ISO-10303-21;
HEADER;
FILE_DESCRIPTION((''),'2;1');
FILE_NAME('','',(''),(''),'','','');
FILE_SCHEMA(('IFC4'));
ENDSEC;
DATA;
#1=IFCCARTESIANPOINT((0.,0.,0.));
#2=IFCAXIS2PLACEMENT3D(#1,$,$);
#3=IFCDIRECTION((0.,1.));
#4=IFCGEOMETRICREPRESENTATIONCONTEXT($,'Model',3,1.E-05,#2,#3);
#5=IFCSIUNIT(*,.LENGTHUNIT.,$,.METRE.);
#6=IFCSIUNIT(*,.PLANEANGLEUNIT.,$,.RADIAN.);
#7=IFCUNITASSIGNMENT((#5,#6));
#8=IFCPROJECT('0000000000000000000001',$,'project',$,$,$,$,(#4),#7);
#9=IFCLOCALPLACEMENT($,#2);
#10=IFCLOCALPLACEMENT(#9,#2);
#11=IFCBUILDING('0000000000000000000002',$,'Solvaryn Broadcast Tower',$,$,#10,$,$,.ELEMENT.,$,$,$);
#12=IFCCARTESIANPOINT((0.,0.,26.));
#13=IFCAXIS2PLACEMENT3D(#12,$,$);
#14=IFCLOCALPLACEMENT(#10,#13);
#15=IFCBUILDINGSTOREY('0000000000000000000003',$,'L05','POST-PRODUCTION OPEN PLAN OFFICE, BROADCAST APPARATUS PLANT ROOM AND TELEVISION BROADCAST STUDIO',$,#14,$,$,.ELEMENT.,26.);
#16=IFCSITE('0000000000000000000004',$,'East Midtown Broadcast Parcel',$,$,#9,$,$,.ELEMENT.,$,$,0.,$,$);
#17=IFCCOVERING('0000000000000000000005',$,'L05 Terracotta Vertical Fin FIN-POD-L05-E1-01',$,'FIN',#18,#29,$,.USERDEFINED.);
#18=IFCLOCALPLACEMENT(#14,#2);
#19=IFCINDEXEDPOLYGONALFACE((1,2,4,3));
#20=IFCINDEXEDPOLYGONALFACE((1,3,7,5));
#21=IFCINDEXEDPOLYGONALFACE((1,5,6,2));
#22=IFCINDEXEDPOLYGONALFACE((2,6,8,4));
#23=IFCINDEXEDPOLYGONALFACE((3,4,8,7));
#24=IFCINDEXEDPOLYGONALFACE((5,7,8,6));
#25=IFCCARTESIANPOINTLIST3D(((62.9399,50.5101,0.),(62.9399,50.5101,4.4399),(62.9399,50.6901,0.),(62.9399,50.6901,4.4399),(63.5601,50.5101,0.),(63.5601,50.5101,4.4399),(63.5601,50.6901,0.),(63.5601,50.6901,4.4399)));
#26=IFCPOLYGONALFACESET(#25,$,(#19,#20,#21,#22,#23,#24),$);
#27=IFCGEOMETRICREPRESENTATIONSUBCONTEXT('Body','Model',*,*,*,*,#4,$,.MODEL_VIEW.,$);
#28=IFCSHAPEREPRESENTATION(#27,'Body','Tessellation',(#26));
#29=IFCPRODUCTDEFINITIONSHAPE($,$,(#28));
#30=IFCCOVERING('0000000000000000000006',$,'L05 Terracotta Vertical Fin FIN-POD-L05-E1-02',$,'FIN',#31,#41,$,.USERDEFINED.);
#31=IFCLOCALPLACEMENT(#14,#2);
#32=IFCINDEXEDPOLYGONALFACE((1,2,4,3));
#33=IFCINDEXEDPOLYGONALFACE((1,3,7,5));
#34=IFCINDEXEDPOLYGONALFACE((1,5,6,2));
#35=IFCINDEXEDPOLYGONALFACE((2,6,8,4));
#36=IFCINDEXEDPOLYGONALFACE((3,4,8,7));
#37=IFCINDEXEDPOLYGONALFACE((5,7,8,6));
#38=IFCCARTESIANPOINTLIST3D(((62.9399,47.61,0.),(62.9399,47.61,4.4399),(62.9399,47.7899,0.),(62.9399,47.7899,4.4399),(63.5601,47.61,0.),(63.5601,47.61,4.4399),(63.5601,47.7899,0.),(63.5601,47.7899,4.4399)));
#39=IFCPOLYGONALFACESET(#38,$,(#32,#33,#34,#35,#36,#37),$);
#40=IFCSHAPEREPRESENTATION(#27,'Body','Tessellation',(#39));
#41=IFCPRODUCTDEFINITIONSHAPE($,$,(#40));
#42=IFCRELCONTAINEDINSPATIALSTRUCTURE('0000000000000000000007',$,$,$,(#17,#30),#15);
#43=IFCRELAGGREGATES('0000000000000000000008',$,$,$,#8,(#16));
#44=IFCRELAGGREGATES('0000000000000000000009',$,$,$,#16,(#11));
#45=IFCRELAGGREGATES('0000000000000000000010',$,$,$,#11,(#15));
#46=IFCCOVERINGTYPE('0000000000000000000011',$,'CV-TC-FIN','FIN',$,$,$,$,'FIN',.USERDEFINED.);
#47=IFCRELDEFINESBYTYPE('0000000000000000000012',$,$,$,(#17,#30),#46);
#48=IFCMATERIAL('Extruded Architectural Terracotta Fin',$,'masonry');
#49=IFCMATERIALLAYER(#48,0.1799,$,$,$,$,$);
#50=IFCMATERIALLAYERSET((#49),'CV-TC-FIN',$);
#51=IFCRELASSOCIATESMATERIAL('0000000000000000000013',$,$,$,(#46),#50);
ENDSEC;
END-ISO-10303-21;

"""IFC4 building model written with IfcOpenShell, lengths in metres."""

from ifc_helpers import new_model, si_unit, direction, frame, origin, origin_2d, place, context, subcontext, project, spatial, rectangle, extrude, material, layer, layer_set, type_object, element, save


model = new_model("IFC4")

# Units and contexts
model_context = context("Model", 3, precision=1e-05, world=origin(), true_north=direction((0.0, 1.0)))
body_context = subcontext(model_context, "Body", "Model", "MODEL_VIEW")
ifc_project = project(units=[si_unit("LENGTHUNIT", "METRE"), si_unit("PLANEANGLEUNIT", "RADIAN")], contexts=[model_context])

# Site, building, storey
site_placement = place(None, origin())
site = spatial("IfcSite", under=ifc_project, at=site_placement, Name="East Midtown Broadcast Parcel", CompositionType="ELEMENT", RefElevation=0.0)
building_placement = place(site_placement, origin())
building = spatial("IfcBuilding", under=site, at=building_placement, Name="Solvaryn Broadcast Tower", CompositionType="ELEMENT")
storey_placement = place(building_placement, frame((0.0, 0.0, 26.0)))
storey = spatial("IfcBuildingStorey", under=building, at=storey_placement, Name="L05", Description="POST-PRODUCTION OPEN PLAN OFFICE, BROADCAST APPARATUS PLANT ROOM AND TELEVISION BROADCAST STUDIO", CompositionType="ELEMENT", Elevation=26.0)

# Coverings
ifc_material_1 = material(Name="Extruded Architectural Terracotta Fin", Category="masonry")
ifc_layer_1 = layer(ifc_material_1, 0.1799)
ifc_layer_set_1 = layer_set([ifc_layer_1], Name="CV-TC-FIN")
covering_type = type_object("IfcCoveringType", Name="CV-TC-FIN", Description="FIN", ElementType="FIN", PredefinedType="USERDEFINED", material=ifc_layer_set_1)
for number, where, z_axis, x_axis, name in (
    (1, (63.25, 50.6001, 0.0), (0.0, 0.0, 1.0), (1.0, 0.0, 0.0), "L05 Terracotta Vertical Fin FIN-POD-L05-E1-01"),
    (2, (63.25, 47.7, 0.0), (0.0, 0.0, 1.0), (1.0, 0.0, 0.0), "L05 Terracotta Vertical Fin FIN-POD-L05-E1-02"),
):
    element("IfcCovering", number, at=place(storey_placement, frame(where, z_axis=z_axis, x_axis=x_axis)), inside=storey, type_object=covering_type, Name=name, ObjectType="FIN", PredefinedType="USERDEFINED", context=body_context, shape_type="SweptSolid", body=[
        extrude(rectangle(XDim=0.6201, YDim=0.1799, at=origin_2d()), origin(), (0.0, 0.0, 1.0), 4.4399),
    ])

save(model, "model.ifc")
